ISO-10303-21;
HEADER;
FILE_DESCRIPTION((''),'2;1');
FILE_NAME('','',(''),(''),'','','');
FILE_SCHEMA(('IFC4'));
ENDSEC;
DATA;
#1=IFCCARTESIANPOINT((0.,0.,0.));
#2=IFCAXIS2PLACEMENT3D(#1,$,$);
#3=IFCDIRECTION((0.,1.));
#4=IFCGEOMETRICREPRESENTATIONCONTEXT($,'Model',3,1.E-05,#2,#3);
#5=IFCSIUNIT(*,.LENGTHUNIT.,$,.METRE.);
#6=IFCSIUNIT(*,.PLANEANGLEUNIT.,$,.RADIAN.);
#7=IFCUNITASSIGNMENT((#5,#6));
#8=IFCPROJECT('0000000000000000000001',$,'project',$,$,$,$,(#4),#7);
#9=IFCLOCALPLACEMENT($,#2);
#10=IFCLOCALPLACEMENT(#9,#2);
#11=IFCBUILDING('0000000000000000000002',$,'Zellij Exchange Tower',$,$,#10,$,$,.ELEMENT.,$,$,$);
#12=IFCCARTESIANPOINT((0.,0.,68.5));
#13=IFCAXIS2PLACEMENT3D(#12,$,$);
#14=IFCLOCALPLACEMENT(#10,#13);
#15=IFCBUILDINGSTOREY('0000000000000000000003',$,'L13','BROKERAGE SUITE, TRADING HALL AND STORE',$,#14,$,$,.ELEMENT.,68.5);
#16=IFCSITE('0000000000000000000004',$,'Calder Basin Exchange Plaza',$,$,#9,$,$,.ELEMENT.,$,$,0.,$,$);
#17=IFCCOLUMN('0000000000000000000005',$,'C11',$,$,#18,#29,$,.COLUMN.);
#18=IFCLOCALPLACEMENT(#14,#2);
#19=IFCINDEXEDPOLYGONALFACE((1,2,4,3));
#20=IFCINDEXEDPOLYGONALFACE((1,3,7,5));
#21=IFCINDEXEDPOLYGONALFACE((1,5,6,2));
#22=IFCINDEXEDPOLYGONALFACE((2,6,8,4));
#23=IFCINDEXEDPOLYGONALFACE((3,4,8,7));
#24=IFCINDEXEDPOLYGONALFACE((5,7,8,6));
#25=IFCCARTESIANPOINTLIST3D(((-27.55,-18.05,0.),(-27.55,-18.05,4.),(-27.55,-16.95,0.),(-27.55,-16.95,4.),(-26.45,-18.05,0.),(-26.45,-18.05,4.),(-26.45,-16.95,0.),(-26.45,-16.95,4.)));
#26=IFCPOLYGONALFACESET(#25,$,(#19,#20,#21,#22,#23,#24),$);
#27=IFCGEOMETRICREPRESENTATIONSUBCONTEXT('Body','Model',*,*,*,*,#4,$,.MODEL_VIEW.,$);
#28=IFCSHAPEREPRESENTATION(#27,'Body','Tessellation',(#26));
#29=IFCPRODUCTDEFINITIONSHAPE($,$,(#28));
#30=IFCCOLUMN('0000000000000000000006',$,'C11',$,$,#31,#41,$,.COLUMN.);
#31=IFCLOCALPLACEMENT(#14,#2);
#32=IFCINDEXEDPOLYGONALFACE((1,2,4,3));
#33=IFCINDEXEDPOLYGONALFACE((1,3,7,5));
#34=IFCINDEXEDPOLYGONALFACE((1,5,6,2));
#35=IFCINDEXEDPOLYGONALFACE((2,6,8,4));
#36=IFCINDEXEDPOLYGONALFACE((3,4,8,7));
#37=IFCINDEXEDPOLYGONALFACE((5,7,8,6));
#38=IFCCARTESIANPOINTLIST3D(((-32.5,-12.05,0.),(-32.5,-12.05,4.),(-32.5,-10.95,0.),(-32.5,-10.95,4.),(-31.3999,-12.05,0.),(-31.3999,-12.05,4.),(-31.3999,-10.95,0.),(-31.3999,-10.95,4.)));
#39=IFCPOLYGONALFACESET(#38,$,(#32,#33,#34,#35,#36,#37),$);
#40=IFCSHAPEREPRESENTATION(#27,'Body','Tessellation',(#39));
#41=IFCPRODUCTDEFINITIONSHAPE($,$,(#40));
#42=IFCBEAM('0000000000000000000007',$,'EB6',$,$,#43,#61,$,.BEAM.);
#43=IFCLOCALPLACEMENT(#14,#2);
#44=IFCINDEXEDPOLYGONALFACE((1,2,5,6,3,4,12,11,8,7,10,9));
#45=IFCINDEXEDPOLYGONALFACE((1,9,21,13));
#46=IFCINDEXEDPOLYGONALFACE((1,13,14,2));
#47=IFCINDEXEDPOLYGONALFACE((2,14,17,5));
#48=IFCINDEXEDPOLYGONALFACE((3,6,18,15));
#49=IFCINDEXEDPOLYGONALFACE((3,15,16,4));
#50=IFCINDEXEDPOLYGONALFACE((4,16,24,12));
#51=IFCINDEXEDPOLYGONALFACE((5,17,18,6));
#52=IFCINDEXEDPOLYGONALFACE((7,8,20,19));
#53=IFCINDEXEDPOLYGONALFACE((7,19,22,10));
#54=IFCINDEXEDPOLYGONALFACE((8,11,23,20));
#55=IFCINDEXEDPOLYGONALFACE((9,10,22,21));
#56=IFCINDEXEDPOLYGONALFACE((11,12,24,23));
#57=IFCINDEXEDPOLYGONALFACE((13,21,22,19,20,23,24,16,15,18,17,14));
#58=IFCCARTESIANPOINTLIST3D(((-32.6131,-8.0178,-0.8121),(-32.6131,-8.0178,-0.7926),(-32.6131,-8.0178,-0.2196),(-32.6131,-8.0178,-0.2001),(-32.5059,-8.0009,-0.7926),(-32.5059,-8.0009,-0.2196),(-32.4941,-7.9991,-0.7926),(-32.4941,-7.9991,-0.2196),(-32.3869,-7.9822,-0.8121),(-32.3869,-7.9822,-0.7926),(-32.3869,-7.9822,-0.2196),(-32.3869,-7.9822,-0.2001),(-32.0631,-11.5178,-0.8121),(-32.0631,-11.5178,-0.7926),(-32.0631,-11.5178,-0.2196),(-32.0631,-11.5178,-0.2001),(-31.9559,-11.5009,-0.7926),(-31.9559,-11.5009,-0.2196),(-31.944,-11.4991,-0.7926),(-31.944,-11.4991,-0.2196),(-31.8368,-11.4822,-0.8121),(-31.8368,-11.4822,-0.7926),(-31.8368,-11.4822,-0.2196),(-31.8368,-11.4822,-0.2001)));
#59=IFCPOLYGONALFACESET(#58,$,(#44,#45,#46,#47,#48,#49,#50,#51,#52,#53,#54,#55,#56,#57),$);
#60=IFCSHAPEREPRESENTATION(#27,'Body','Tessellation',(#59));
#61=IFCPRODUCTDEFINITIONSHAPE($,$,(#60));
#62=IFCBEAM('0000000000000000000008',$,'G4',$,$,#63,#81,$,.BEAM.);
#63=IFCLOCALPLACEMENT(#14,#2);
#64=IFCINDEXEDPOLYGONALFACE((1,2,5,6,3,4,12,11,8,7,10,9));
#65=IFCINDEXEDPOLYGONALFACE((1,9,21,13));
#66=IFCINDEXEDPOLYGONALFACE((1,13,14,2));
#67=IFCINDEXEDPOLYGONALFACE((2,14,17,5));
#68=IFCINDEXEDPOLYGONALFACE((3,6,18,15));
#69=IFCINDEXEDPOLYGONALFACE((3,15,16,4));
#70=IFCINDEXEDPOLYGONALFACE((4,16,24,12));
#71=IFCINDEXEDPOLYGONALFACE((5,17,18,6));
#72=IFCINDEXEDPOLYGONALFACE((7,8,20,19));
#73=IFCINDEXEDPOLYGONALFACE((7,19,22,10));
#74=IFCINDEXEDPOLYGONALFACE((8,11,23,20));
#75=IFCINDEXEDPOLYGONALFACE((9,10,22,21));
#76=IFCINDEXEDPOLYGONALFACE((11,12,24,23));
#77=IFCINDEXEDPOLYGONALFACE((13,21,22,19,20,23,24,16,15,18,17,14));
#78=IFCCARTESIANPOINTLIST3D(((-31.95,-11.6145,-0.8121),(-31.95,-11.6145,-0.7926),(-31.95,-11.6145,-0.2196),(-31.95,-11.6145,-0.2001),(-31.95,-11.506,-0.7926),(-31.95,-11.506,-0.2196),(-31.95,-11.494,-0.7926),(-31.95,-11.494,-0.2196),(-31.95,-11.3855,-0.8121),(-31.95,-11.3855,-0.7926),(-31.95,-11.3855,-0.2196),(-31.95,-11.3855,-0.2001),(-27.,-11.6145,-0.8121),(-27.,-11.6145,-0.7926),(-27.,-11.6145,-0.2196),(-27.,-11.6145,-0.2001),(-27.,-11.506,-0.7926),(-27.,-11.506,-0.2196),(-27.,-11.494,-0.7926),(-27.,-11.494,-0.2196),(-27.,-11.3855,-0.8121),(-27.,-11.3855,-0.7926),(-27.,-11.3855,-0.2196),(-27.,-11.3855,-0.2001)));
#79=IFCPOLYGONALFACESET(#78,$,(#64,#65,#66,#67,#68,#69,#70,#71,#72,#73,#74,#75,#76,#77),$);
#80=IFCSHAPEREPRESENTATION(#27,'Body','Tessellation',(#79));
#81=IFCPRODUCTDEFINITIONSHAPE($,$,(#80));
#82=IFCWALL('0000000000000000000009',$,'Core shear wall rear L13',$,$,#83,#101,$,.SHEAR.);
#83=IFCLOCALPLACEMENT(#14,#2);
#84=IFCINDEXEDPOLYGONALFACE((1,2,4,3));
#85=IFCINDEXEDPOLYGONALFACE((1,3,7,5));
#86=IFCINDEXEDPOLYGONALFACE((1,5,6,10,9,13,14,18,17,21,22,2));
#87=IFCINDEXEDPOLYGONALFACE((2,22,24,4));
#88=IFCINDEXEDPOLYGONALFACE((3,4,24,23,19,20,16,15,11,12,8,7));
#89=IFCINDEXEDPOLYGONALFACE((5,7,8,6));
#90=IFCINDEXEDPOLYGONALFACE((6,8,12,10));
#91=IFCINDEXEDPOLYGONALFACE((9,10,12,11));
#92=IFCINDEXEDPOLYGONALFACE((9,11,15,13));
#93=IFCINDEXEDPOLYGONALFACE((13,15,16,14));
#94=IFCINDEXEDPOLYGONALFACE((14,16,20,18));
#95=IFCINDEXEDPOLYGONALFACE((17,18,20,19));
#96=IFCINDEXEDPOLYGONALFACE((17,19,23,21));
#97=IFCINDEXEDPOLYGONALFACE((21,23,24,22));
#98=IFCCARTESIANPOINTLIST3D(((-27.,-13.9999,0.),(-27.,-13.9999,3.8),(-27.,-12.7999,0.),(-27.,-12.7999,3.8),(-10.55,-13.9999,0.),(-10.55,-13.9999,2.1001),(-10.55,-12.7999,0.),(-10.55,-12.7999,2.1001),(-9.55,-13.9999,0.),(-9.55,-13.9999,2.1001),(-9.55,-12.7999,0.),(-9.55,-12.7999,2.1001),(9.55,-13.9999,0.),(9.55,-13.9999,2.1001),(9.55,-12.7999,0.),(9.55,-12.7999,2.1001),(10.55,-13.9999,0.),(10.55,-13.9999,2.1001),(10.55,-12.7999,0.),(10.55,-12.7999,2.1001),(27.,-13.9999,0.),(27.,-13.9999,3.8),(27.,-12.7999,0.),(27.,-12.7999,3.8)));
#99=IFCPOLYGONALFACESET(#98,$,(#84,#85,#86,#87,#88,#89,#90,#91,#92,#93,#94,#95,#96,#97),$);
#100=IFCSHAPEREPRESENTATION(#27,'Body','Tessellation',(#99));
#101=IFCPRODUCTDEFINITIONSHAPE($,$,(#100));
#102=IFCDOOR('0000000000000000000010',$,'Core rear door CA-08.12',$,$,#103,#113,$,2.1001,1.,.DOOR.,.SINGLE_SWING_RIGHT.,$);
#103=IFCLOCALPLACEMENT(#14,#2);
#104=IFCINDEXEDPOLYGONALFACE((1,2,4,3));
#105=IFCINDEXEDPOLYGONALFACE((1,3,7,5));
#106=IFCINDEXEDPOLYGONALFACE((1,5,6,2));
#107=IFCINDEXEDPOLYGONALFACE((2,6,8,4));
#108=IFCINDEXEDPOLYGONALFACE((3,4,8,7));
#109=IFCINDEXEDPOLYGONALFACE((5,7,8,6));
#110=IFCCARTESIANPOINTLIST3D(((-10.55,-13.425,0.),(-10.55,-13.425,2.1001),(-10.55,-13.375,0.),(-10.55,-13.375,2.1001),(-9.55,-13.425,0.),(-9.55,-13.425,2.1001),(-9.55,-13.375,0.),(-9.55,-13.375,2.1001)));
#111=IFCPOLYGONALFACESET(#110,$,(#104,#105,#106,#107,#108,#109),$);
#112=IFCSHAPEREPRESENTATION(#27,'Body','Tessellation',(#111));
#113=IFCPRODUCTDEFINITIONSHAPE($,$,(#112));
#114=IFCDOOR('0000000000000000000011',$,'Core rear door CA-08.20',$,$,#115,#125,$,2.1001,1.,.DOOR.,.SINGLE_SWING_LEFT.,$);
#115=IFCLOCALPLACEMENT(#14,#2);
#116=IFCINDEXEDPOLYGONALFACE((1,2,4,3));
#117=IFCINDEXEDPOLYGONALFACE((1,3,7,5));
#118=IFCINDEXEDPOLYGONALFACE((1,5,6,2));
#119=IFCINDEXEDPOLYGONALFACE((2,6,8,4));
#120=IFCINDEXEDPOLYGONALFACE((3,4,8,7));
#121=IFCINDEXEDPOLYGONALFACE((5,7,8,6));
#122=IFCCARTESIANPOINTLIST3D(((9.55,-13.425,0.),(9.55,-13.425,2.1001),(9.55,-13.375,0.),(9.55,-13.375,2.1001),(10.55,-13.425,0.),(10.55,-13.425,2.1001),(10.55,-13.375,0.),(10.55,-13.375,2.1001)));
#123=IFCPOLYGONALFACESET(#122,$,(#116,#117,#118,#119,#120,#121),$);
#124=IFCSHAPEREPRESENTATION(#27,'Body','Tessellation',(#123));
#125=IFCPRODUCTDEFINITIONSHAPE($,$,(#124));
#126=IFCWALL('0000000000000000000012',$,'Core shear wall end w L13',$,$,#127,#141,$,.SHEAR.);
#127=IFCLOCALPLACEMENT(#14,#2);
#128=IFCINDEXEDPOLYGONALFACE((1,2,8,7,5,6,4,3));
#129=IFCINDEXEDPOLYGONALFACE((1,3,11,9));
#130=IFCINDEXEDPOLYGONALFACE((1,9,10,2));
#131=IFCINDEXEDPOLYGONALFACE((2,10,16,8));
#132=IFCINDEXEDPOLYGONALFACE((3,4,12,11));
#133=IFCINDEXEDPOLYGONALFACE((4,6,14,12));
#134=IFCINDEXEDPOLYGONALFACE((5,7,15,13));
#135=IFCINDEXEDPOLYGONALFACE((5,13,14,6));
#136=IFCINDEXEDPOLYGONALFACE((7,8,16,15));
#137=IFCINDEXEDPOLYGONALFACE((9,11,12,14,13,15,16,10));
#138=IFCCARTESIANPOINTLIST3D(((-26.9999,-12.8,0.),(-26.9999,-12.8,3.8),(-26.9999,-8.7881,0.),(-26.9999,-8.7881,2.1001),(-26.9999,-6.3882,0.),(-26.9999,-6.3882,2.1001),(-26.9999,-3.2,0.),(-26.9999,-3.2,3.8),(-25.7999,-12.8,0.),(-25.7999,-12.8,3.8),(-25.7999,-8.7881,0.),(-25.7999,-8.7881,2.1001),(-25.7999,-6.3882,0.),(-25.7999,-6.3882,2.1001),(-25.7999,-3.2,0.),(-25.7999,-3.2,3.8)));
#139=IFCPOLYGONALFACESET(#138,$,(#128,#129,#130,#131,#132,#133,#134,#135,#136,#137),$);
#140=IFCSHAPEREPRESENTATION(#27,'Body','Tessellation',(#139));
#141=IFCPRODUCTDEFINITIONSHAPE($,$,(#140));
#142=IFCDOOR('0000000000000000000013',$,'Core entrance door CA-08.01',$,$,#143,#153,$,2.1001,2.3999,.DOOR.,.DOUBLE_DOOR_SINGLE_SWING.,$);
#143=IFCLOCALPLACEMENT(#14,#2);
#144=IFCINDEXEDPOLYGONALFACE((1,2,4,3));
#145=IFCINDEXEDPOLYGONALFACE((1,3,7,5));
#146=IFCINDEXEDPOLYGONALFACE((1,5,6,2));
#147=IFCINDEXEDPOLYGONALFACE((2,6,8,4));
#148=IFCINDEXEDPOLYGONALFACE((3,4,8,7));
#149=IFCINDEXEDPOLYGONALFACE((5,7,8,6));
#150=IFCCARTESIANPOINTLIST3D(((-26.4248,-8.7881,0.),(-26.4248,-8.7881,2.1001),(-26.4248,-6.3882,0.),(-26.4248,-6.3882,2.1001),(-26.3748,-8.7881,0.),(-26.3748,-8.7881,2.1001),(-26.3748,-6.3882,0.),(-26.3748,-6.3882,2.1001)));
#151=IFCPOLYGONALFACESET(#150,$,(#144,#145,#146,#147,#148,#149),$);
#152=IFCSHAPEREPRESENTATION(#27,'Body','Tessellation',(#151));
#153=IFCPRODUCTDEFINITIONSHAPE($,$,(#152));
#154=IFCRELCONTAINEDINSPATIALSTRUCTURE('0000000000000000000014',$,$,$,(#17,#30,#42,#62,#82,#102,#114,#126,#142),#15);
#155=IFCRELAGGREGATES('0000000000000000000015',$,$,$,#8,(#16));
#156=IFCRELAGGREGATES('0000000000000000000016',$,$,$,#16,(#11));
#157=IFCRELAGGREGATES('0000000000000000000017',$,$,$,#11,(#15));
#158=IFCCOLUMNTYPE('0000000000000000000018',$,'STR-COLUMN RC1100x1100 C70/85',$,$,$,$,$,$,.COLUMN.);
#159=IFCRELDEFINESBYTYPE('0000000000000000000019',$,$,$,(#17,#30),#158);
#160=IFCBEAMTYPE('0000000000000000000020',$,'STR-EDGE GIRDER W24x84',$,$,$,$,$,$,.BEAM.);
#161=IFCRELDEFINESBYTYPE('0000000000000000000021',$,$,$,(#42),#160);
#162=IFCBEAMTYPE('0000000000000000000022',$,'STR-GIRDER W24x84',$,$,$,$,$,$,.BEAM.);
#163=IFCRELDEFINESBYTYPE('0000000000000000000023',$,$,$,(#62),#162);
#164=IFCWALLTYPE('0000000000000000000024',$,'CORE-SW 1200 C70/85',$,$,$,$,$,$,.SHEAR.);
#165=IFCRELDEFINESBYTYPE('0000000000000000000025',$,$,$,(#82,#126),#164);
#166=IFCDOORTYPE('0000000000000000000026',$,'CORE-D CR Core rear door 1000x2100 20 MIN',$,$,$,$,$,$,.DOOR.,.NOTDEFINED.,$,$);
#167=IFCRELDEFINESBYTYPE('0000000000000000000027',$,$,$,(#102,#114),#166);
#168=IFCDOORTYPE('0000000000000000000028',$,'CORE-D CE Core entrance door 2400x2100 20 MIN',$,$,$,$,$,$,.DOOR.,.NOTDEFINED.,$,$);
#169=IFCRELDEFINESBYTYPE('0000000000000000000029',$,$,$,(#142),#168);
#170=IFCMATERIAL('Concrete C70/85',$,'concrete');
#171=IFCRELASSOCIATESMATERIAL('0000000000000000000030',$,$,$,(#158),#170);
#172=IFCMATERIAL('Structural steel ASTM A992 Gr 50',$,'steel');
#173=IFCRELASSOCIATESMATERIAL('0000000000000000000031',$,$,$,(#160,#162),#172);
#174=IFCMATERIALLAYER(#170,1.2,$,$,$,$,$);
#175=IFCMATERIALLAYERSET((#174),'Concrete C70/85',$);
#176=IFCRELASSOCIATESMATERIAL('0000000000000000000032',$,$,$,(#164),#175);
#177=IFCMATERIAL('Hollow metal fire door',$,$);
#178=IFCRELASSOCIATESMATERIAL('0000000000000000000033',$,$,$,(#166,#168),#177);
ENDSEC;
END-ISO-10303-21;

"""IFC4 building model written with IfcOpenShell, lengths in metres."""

from ifc_helpers import new_model, si_unit, direction, frame, frame_2d, origin, origin_2d, place, context, subcontext, project, spatial, rectangle, i_section, extrude, material, layer, layer_set, material_profile, profile_set, type_object, element, fill, save


model = new_model("IFC4")

# Units and contexts
model_context = context("Model", 3, precision=1e-05, world=origin(), true_north=direction((0.0, 1.0)))
body_context = subcontext(model_context, "Body", "Model", "MODEL_VIEW")
ifc_project = project(units=[si_unit("LENGTHUNIT", "METRE"), si_unit("PLANEANGLEUNIT", "RADIAN")], contexts=[model_context])

# Site, building, storey
site_placement = place(None, origin())
site = spatial("IfcSite", under=ifc_project, at=site_placement, Name="Calder Basin Exchange Plaza", CompositionType="ELEMENT", RefElevation=0.0)
building_placement = place(site_placement, origin())
building = spatial("IfcBuilding", under=site, at=building_placement, Name="Zellij Exchange Tower", CompositionType="ELEMENT")
storey_placement = place(building_placement, frame((0.0, 0.0, 68.5)))
storey = spatial("IfcBuildingStorey", under=building, at=storey_placement, Name="L13", Description="BROKERAGE SUITE, TRADING HALL AND STORE", CompositionType="ELEMENT", Elevation=68.5)

# Columns
ifc_material_1 = material(Name="Concrete C70/85", Category="concrete")
ifc_material_profile_1 = material_profile(ifc_material_1, rectangle(XDim=1.1001, YDim=1.1001, at=origin_2d()), Name="STR-COLUMN RC1100x1100 C70/85")
ifc_profile_set_1 = profile_set([ifc_material_profile_1], Name="Concrete C70/85")
column_type = type_object("IfcColumnType", Name="STR-COLUMN RC1100x1100 C70/85", PredefinedType="COLUMN", material=ifc_profile_set_1)
for number, where, z_axis, x_axis, name in (
    (1, (-27.0, -17.5, 0.0), (0.0, 0.0, 1.0), (1.0, 0.0, 0.0), "C11"),
    (2, (-31.95, -11.5, 0.0), (0.0, 0.0, 1.0), (1.0, 0.0, 0.0), "C11"),
):
    element("IfcColumn", number, at=place(storey_placement, frame(where, z_axis=z_axis, x_axis=x_axis)), inside=storey, type_object=column_type, Name=name, PredefinedType="COLUMN", context=body_context, shape_type="SweptSolid", body=[
        extrude(rectangle(XDim=1.1001, YDim=1.1001, at=origin_2d()), origin(), (0.0, 0.0, 1.0), 4.0),
    ])

# Beams
ifc_material_2 = material(Name="Structural steel ASTM A992 Gr 50", Category="steel")
ifc_material_profile_2 = material_profile(ifc_material_2, i_section(OverallWidth=0.229, OverallDepth=0.6121, WebThickness=0.012, FlangeThickness=0.0195, at=origin_2d()), Name="W24x84")
ifc_profile_set_2 = profile_set([ifc_material_profile_2], Name="Structural steel ASTM A992 Gr 50")
beam_type_1 = type_object("IfcBeamType", Name="STR-EDGE GIRDER W24x84", PredefinedType="BEAM", material=ifc_profile_set_2)
beam_1_placement = place(storey_placement, frame((-31.95, -11.5, -0.5061), z_axis=(-0.155251, 0.987875, 0.0), x_axis=(-0.987875, -0.155251, 0.0)))
element("IfcBeam", 3, at=beam_1_placement, inside=storey, type_object=beam_type_1, Name="EB6", PredefinedType="BEAM", context=body_context, shape_type="SweptSolid", body=[
    extrude(i_section(OverallWidth=0.229, OverallDepth=0.6121, WebThickness=0.012, FlangeThickness=0.0195, at=origin_2d()), origin(), (0.0, 0.0, 1.0), 3.543),
])
ifc_material_profile_3 = material_profile(ifc_material_2, i_section(OverallWidth=0.229, OverallDepth=0.6121, WebThickness=0.012, FlangeThickness=0.0195, at=origin_2d()), Name="W24x84")
ifc_profile_set_3 = profile_set([ifc_material_profile_3], Name="Structural steel ASTM A992 Gr 50")
beam_type_2 = type_object("IfcBeamType", Name="STR-GIRDER W24x84", PredefinedType="BEAM", material=ifc_profile_set_3)
beam_2_placement = place(storey_placement, frame((-31.95, -11.5, -0.5061), z_axis=(1.0, 0.0, 0.0), x_axis=(0.0, 1.0, 0.0)))
element("IfcBeam", 4, at=beam_2_placement, inside=storey, type_object=beam_type_2, Name="G4", PredefinedType="BEAM", context=body_context, shape_type="SweptSolid", body=[
    extrude(i_section(OverallWidth=0.229, OverallDepth=0.6121, WebThickness=0.012, FlangeThickness=0.0195, at=origin_2d()), origin(), (0.0, 0.0, 1.0), 4.95),
])

# Wall, openings, doors
ifc_layer_1 = layer(ifc_material_1, 1.2)
ifc_layer_set_1 = layer_set([ifc_layer_1], Name="Concrete C70/85")
wall_type_1 = type_object("IfcWallType", Name="CORE-SW 1200 C70/85", PredefinedType="SHEAR", material=ifc_layer_set_1)
wall_1_placement = place(storey_placement, frame((-27.0, -13.3999, 0.0), z_axis=(0.0, 0.0, 1.0), x_axis=(1.0, 0.0, 0.0)))
wall_1 = element("IfcWall", 5, at=wall_1_placement, inside=storey, type_object=wall_type_1, Name="Core shear wall rear L13", PredefinedType="SHEAR", context=body_context, shape_type="SweptSolid", body=[
    extrude(rectangle(XDim=54.0, YDim=1.2, at=frame_2d((27.0, 0.0))), origin(), (0.0, 0.0, 1.0), 3.8),
])
opening_1_placement = place(wall_1_placement, frame((16.45, 0.0, 0.0)))
opening_1 = element("IfcOpeningElement", 6, at=opening_1_placement, cuts=wall_1, PredefinedType="OPENING", context=body_context, shape_type="SweptSolid", body=[
    extrude(rectangle(XDim=1.0, YDim=2.1001, at=frame_2d((0.5, 1.05))), frame((0.0, 0.6118, 0.0), z_axis=(0.0, -1.0, 0.0), x_axis=(1.0, 0.0, 0.0)), (0.0, 0.0, 1.0), 1.2239),
])
opening_2_placement = place(wall_1_placement, frame((36.55, 0.0, 0.0)))
opening_2 = element("IfcOpeningElement", 7, at=opening_2_placement, cuts=wall_1, PredefinedType="OPENING", context=body_context, shape_type="SweptSolid", body=[
    extrude(rectangle(XDim=1.0, YDim=2.1001, at=frame_2d((0.5, 1.05))), frame((0.0, 0.6118, 0.0), z_axis=(0.0, -1.0, 0.0), x_axis=(1.0, 0.0, 0.0)), (0.0, 0.0, 1.0), 1.2239),
])
ifc_material_3 = material(Name="Hollow metal fire door")
door_type_1 = type_object("IfcDoorType", Name="CORE-D CR Core rear door 1000x2100 20 MIN", OperationType="NOTDEFINED", PredefinedType="DOOR", material=ifc_material_3)
door_1_placement = place(opening_1_placement, origin())
door_1 = element("IfcDoor", 8, at=door_1_placement, inside=storey, type_object=door_type_1, Name="Core rear door CA-08.12", OperationType="SINGLE_SWING_RIGHT", OverallHeight=2.1001, OverallWidth=1.0, PredefinedType="DOOR", context=body_context, shape_type="SweptSolid", body=[
    extrude(rectangle(XDim=1.0, YDim=2.1001, at=frame_2d((0.5, 1.05))), frame((0.0, 0.0249, 0.0), z_axis=(0.0, -1.0, 0.0), x_axis=(1.0, 0.0, 0.0)), (0.0, 0.0, 1.0), 0.05),
])
fill(opening_1, door_1)
door_2_placement = place(opening_2_placement, origin())
door_2 = element("IfcDoor", 9, at=door_2_placement, inside=storey, type_object=door_type_1, Name="Core rear door CA-08.20", OperationType="SINGLE_SWING_LEFT", OverallHeight=2.1001, OverallWidth=1.0, PredefinedType="DOOR", context=body_context, shape_type="SweptSolid", body=[
    extrude(rectangle(XDim=1.0, YDim=2.1001, at=frame_2d((0.5, 1.05))), frame((0.0, 0.0249, 0.0), z_axis=(0.0, -1.0, 0.0), x_axis=(1.0, 0.0, 0.0)), (0.0, 0.0, 1.0), 0.05),
])
fill(opening_2, door_2)

# Wall, opening, door
wall_2_placement = place(storey_placement, frame((-26.3999, -12.8, 0.0), z_axis=(0.0, 0.0, 1.0), x_axis=(0.0, 1.0, 0.0)))
wall_2 = element("IfcWall", 10, at=wall_2_placement, inside=storey, type_object=wall_type_1, Name="Core shear wall end w L13", PredefinedType="SHEAR", context=body_context, shape_type="SweptSolid", body=[
    extrude(rectangle(XDim=9.6001, YDim=1.2, at=frame_2d((4.8, 0.0))), origin(), (0.0, 0.0, 1.0), 3.8),
])
opening_3_placement = place(wall_2_placement, frame((4.012, 0.0, 0.0)))
opening_3 = element("IfcOpeningElement", 11, at=opening_3_placement, cuts=wall_2, PredefinedType="OPENING", context=body_context, shape_type="SweptSolid", body=[
    extrude(rectangle(XDim=2.3999, YDim=2.1001, at=frame_2d((1.2, 1.05))), frame((0.0, 0.6118, 0.0), z_axis=(0.0, -1.0, 0.0), x_axis=(1.0, 0.0, 0.0)), (0.0, 0.0, 1.0), 1.2239),
])
door_type_2 = type_object("IfcDoorType", Name="CORE-D CE Core entrance door 2400x2100 20 MIN", OperationType="NOTDEFINED", PredefinedType="DOOR", material=ifc_material_3)
door_3_placement = place(opening_3_placement, origin())
door_3 = element("IfcDoor", 12, at=door_3_placement, inside=storey, type_object=door_type_2, Name="Core entrance door CA-08.01", OperationType="DOUBLE_DOOR_SINGLE_SWING", OverallHeight=2.1001, OverallWidth=2.3999, PredefinedType="DOOR", context=body_context, shape_type="SweptSolid", body=[
    extrude(rectangle(XDim=2.3999, YDim=2.1001, at=frame_2d((1.2, 1.05))), frame((0.0, 0.0249, 0.0), z_axis=(0.0, -1.0, 0.0), x_axis=(1.0, 0.0, 0.0)), (0.0, 0.0, 1.0), 0.05),
])
fill(opening_3, door_3)

save(model, "model.ifc")
